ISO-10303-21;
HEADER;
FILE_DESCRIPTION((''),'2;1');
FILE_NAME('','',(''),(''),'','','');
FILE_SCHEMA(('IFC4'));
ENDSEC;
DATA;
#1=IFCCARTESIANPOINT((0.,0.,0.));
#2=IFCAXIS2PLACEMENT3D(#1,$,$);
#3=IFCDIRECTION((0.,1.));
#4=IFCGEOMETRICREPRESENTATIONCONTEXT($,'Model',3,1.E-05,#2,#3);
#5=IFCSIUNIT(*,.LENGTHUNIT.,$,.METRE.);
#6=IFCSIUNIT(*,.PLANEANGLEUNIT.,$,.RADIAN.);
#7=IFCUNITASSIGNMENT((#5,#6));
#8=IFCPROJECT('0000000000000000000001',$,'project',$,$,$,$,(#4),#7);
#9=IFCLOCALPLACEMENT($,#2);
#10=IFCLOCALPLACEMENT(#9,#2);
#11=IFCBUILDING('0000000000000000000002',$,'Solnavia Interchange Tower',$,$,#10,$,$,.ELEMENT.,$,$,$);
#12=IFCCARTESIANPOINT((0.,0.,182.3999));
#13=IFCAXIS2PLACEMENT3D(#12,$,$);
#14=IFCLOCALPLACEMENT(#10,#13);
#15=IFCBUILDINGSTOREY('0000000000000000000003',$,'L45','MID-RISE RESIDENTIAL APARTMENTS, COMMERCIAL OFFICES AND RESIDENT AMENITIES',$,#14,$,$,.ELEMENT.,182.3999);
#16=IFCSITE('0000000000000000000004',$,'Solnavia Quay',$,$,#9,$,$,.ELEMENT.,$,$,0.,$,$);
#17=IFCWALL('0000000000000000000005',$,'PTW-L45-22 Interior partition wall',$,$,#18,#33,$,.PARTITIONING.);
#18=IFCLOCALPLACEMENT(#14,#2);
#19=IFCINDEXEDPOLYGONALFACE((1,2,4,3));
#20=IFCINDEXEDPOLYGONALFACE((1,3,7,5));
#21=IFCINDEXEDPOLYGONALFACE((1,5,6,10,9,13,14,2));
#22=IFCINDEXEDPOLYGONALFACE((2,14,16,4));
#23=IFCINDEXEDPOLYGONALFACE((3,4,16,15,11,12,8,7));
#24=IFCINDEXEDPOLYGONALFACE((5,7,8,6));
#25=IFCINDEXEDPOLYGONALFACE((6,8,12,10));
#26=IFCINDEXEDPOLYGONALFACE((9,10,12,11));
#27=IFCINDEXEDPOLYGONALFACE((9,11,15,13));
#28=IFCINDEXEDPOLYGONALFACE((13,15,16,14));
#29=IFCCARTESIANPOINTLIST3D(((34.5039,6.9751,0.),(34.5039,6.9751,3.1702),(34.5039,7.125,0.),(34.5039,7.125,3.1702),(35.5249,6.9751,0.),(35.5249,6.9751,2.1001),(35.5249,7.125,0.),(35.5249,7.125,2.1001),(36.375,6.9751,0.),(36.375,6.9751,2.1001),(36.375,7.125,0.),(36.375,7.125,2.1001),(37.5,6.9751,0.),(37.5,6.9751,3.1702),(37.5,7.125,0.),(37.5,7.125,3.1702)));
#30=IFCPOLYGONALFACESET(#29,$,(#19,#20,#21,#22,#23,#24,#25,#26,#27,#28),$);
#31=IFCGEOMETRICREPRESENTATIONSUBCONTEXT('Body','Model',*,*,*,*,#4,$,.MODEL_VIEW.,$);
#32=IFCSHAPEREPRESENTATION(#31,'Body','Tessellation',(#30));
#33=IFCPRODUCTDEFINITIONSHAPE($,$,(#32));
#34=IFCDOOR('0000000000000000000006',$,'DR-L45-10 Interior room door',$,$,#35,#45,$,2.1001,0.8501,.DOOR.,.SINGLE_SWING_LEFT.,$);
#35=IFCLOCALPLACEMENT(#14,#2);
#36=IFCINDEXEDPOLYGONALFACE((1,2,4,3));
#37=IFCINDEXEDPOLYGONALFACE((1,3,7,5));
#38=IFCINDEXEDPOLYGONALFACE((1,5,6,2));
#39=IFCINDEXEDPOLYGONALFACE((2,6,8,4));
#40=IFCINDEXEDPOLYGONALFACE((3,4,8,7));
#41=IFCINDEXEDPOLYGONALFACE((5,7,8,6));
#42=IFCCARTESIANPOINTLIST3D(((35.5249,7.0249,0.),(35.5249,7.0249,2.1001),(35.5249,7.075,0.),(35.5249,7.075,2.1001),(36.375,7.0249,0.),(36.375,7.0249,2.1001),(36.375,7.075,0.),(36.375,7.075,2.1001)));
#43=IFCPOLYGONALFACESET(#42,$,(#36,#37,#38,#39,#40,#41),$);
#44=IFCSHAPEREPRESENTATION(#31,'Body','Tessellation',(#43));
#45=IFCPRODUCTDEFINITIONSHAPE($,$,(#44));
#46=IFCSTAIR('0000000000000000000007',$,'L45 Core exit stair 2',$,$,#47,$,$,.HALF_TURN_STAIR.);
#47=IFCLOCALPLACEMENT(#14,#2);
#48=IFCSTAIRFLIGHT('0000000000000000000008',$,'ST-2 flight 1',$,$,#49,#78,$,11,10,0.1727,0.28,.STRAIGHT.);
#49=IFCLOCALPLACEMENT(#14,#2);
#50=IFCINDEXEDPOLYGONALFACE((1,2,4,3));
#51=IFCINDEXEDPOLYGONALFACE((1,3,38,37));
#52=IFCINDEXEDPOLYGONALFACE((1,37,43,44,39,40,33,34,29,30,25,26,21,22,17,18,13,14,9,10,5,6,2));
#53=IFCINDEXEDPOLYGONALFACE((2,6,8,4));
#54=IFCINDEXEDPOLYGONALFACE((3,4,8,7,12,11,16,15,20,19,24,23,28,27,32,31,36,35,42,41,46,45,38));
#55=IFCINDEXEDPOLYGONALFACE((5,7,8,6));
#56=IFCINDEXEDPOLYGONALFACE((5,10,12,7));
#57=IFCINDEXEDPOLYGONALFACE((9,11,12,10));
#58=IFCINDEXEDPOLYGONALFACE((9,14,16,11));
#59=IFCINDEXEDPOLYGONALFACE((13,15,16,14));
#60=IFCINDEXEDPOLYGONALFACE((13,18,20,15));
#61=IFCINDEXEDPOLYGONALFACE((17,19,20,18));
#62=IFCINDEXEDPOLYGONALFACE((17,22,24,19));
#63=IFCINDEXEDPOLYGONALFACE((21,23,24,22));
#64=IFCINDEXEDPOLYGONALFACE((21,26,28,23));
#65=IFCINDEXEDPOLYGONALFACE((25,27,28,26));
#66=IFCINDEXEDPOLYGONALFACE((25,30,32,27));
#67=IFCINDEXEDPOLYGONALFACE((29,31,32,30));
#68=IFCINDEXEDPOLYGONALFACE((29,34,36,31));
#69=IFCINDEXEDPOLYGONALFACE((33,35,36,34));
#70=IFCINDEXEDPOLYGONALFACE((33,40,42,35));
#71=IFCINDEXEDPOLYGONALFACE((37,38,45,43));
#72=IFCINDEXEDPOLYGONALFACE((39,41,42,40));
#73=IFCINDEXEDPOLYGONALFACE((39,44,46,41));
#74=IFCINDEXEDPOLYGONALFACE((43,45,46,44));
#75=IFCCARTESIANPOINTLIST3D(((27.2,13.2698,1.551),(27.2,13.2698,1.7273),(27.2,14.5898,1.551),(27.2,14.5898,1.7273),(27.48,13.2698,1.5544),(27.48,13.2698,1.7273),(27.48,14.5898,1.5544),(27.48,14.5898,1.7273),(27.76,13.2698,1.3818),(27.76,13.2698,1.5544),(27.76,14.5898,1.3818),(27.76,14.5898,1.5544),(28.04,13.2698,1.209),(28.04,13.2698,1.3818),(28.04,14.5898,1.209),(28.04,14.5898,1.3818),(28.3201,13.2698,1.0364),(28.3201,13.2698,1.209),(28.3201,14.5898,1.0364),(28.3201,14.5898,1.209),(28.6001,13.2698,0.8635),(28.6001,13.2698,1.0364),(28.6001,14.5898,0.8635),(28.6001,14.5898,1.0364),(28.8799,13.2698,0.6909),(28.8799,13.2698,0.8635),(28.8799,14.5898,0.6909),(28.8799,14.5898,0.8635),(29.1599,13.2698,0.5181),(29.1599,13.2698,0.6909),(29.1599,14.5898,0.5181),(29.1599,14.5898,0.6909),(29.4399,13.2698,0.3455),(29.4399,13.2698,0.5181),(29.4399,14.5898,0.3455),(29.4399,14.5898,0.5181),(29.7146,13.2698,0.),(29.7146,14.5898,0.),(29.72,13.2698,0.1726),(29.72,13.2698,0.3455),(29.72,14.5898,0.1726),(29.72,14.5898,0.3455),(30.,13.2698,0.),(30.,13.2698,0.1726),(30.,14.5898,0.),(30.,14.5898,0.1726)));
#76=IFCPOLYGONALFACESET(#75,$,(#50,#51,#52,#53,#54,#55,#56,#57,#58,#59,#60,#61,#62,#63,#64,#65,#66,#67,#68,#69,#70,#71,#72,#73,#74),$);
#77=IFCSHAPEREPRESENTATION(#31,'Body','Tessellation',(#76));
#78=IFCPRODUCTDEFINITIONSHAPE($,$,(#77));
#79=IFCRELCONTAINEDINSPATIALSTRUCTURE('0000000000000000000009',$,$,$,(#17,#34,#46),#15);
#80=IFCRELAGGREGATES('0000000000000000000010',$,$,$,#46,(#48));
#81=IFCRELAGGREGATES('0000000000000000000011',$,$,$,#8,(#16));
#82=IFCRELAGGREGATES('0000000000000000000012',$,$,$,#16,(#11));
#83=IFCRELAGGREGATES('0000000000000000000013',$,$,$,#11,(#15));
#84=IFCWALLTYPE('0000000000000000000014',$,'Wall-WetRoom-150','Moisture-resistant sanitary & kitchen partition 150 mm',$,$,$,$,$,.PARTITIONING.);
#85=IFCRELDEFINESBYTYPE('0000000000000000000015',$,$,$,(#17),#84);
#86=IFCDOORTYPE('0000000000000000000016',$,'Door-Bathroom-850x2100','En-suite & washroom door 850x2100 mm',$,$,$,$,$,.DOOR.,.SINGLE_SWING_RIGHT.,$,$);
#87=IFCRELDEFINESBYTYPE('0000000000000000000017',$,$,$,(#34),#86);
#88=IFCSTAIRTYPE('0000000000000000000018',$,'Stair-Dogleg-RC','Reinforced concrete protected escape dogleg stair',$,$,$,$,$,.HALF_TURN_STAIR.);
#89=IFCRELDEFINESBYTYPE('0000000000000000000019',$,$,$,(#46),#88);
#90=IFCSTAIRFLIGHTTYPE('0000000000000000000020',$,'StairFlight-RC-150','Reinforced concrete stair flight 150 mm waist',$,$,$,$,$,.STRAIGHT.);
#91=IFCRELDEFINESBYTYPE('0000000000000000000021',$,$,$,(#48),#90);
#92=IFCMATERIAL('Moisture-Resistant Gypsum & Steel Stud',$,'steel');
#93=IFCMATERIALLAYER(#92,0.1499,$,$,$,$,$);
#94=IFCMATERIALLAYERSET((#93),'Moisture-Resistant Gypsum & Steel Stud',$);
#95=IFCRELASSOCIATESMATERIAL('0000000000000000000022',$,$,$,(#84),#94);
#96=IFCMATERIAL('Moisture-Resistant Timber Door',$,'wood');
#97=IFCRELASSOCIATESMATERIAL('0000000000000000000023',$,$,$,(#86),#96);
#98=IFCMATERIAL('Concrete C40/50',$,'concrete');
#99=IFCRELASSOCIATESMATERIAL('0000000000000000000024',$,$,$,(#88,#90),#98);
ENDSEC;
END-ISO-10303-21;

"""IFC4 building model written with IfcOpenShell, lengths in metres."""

from ifc_helpers import new_model, si_unit, direction, frame, frame_2d, origin, place, context, subcontext, project, spatial, polyline, rectangle, outline, extrude, material, layer, layer_set, type_object, element, fill, aggregate, save


model = new_model("IFC4")

# Units and contexts
model_context = context("Model", 3, precision=1e-05, world=origin(), true_north=direction((0.0, 1.0)))
body_context = subcontext(model_context, "Body", "Model", "MODEL_VIEW")
ifc_project = project(units=[si_unit("LENGTHUNIT", "METRE"), si_unit("PLANEANGLEUNIT", "RADIAN")], contexts=[model_context])

# Site, building, storey
site_placement = place(None, origin())
site = spatial("IfcSite", under=ifc_project, at=site_placement, Name="Solnavia Quay", CompositionType="ELEMENT", RefElevation=0.0)
building_placement = place(site_placement, origin())
building = spatial("IfcBuilding", under=site, at=building_placement, Name="Solnavia Interchange Tower", CompositionType="ELEMENT")
storey_placement = place(building_placement, frame((0.0, 0.0, 182.3999)))
storey = spatial("IfcBuildingStorey", under=building, at=storey_placement, Name="L45", Description="MID-RISE RESIDENTIAL APARTMENTS, COMMERCIAL OFFICES AND RESIDENT AMENITIES", CompositionType="ELEMENT", Elevation=182.3999)

# Shared definitions
ifc_material_1 = material(Name="Concrete C40/50", Category="concrete")

# Shared definitions
ifc_material_2 = material(Name="Moisture-Resistant Gypsum & Steel Stud", Category="steel")
ifc_layer_1 = layer(ifc_material_2, 0.1499)
ifc_layer_set_1 = layer_set([ifc_layer_1], Name="Moisture-Resistant Gypsum & Steel Stud")
wall_type_1 = type_object("IfcWallType", Name="Wall-WetRoom-150", Description="Moisture-resistant sanitary & kitchen partition 150 mm", PredefinedType="PARTITIONING", material=ifc_layer_set_1)

# Shared definitions
ifc_material_3 = material(Name="Moisture-Resistant Timber Door", Category="wood")
door_type_1 = type_object("IfcDoorType", Name="Door-Bathroom-850x2100", Description="En-suite & washroom door 850x2100 mm", OperationType="SINGLE_SWING_RIGHT", PredefinedType="DOOR", material=ifc_material_3)

# Wall, opening, door
wall_1_placement = place(storey_placement, frame((34.5039, 7.05, 0.0), z_axis=(0.0, 0.0, 1.0), x_axis=(1.0, 0.0, 0.0)))
wall_1 = element("IfcWall", 1, at=wall_1_placement, inside=storey, type_object=wall_type_1, Name="PTW-L45-22 Interior partition wall", PredefinedType="PARTITIONING", context=body_context, shape_type="SweptSolid", body=[
    extrude(rectangle(XDim=2.9961, YDim=0.1499, at=frame_2d((1.498, 0.0))), origin(), (0.0, 0.0, 1.0), 3.1702),
])
opening_1_placement = place(wall_1_placement, frame((1.021, 0.0, 0.0)))
opening_1 = element("IfcOpeningElement", 2, at=opening_1_placement, cuts=wall_1, PredefinedType="OPENING", context=body_context, shape_type="SweptSolid", body=[
    extrude(rectangle(XDim=0.8501, YDim=2.1001, at=frame_2d((0.425, 1.05))), frame((0.0, 0.085, 0.0), z_axis=(0.0, -1.0, 0.0), x_axis=(1.0, 0.0, 0.0)), (0.0, 0.0, 1.0), 0.1699),
])
door_1_placement = place(opening_1_placement, origin())
door_1 = element("IfcDoor", 3, at=door_1_placement, inside=storey, type_object=door_type_1, Name="DR-L45-10 Interior room door", OperationType="SINGLE_SWING_LEFT", OverallHeight=2.1001, OverallWidth=0.8501, PredefinedType="DOOR", context=body_context, shape_type="SweptSolid", body=[
    extrude(rectangle(XDim=0.8501, YDim=2.1001, at=frame_2d((0.425, 1.05))), frame((0.0, 0.0249, 0.0), z_axis=(0.0, -1.0, 0.0), x_axis=(1.0, 0.0, 0.0)), (0.0, 0.0, 1.0), 0.05),
])
fill(opening_1, door_1)

# Stair, stair flight
stair_type = type_object("IfcStairType", Name="Stair-Dogleg-RC", Description="Reinforced concrete protected escape dogleg stair", PredefinedType="HALF_TURN_STAIR", material=ifc_material_1)
stair_placement = place(storey_placement, origin())
stair = element("IfcStair", 4, at=stair_placement, inside=storey, type_object=stair_type, Name="L45 Core exit stair 2", PredefinedType="HALF_TURN_STAIR")
stair_flight_type = type_object("IfcStairFlightType", Name="StairFlight-RC-150", Description="Reinforced concrete stair flight 150 mm waist", PredefinedType="STRAIGHT", material=ifc_material_1)
stair_flight_placement = place(storey_placement, frame((30.0, 13.9299, 0.0), z_axis=(0.0, 0.0, 1.0), x_axis=(-1.0, 0.0, 0.0)))
stair_flight = element("IfcStairFlight", 5, at=stair_flight_placement, type_object=stair_flight_type, Name="ST-2 flight 1", NumberOfRisers=11, NumberOfTreads=10, PredefinedType="STRAIGHT", RiserHeight=0.1727, TreadLength=0.28, context=body_context, shape_type="SweptSolid", body=[
    extrude(outline(polyline([(0.0, 0.0), (0.0, 0.1726), (0.28, 0.1726), (0.28, 0.3455), (0.5601, 0.3455), (0.5601, 0.5181), (0.8401, 0.5181), (0.8401, 0.6909), (1.1201, 0.6909), (1.1201, 0.8635), (1.3999, 0.8635), (1.3999, 1.0364), (1.6799, 1.0364), (1.6799, 1.209), (1.96, 1.209), (1.96, 1.3818), (2.24, 1.3818), (2.24, 1.5544), (2.52, 1.5544), (2.52, 1.7273), (2.8, 1.7273), (2.8, 1.8999), (2.8, 1.551), (0.2854, 0.0), (0.0, 0.0)])), frame((0.0, 0.6602, 0.0), z_axis=(0.0, -1.0, 0.0), x_axis=(1.0, 0.0, 0.0)), (0.0, 0.0, 1.0), 1.3201),
])
aggregate(stair, [stair_flight])

save(model, "model.ifc")
